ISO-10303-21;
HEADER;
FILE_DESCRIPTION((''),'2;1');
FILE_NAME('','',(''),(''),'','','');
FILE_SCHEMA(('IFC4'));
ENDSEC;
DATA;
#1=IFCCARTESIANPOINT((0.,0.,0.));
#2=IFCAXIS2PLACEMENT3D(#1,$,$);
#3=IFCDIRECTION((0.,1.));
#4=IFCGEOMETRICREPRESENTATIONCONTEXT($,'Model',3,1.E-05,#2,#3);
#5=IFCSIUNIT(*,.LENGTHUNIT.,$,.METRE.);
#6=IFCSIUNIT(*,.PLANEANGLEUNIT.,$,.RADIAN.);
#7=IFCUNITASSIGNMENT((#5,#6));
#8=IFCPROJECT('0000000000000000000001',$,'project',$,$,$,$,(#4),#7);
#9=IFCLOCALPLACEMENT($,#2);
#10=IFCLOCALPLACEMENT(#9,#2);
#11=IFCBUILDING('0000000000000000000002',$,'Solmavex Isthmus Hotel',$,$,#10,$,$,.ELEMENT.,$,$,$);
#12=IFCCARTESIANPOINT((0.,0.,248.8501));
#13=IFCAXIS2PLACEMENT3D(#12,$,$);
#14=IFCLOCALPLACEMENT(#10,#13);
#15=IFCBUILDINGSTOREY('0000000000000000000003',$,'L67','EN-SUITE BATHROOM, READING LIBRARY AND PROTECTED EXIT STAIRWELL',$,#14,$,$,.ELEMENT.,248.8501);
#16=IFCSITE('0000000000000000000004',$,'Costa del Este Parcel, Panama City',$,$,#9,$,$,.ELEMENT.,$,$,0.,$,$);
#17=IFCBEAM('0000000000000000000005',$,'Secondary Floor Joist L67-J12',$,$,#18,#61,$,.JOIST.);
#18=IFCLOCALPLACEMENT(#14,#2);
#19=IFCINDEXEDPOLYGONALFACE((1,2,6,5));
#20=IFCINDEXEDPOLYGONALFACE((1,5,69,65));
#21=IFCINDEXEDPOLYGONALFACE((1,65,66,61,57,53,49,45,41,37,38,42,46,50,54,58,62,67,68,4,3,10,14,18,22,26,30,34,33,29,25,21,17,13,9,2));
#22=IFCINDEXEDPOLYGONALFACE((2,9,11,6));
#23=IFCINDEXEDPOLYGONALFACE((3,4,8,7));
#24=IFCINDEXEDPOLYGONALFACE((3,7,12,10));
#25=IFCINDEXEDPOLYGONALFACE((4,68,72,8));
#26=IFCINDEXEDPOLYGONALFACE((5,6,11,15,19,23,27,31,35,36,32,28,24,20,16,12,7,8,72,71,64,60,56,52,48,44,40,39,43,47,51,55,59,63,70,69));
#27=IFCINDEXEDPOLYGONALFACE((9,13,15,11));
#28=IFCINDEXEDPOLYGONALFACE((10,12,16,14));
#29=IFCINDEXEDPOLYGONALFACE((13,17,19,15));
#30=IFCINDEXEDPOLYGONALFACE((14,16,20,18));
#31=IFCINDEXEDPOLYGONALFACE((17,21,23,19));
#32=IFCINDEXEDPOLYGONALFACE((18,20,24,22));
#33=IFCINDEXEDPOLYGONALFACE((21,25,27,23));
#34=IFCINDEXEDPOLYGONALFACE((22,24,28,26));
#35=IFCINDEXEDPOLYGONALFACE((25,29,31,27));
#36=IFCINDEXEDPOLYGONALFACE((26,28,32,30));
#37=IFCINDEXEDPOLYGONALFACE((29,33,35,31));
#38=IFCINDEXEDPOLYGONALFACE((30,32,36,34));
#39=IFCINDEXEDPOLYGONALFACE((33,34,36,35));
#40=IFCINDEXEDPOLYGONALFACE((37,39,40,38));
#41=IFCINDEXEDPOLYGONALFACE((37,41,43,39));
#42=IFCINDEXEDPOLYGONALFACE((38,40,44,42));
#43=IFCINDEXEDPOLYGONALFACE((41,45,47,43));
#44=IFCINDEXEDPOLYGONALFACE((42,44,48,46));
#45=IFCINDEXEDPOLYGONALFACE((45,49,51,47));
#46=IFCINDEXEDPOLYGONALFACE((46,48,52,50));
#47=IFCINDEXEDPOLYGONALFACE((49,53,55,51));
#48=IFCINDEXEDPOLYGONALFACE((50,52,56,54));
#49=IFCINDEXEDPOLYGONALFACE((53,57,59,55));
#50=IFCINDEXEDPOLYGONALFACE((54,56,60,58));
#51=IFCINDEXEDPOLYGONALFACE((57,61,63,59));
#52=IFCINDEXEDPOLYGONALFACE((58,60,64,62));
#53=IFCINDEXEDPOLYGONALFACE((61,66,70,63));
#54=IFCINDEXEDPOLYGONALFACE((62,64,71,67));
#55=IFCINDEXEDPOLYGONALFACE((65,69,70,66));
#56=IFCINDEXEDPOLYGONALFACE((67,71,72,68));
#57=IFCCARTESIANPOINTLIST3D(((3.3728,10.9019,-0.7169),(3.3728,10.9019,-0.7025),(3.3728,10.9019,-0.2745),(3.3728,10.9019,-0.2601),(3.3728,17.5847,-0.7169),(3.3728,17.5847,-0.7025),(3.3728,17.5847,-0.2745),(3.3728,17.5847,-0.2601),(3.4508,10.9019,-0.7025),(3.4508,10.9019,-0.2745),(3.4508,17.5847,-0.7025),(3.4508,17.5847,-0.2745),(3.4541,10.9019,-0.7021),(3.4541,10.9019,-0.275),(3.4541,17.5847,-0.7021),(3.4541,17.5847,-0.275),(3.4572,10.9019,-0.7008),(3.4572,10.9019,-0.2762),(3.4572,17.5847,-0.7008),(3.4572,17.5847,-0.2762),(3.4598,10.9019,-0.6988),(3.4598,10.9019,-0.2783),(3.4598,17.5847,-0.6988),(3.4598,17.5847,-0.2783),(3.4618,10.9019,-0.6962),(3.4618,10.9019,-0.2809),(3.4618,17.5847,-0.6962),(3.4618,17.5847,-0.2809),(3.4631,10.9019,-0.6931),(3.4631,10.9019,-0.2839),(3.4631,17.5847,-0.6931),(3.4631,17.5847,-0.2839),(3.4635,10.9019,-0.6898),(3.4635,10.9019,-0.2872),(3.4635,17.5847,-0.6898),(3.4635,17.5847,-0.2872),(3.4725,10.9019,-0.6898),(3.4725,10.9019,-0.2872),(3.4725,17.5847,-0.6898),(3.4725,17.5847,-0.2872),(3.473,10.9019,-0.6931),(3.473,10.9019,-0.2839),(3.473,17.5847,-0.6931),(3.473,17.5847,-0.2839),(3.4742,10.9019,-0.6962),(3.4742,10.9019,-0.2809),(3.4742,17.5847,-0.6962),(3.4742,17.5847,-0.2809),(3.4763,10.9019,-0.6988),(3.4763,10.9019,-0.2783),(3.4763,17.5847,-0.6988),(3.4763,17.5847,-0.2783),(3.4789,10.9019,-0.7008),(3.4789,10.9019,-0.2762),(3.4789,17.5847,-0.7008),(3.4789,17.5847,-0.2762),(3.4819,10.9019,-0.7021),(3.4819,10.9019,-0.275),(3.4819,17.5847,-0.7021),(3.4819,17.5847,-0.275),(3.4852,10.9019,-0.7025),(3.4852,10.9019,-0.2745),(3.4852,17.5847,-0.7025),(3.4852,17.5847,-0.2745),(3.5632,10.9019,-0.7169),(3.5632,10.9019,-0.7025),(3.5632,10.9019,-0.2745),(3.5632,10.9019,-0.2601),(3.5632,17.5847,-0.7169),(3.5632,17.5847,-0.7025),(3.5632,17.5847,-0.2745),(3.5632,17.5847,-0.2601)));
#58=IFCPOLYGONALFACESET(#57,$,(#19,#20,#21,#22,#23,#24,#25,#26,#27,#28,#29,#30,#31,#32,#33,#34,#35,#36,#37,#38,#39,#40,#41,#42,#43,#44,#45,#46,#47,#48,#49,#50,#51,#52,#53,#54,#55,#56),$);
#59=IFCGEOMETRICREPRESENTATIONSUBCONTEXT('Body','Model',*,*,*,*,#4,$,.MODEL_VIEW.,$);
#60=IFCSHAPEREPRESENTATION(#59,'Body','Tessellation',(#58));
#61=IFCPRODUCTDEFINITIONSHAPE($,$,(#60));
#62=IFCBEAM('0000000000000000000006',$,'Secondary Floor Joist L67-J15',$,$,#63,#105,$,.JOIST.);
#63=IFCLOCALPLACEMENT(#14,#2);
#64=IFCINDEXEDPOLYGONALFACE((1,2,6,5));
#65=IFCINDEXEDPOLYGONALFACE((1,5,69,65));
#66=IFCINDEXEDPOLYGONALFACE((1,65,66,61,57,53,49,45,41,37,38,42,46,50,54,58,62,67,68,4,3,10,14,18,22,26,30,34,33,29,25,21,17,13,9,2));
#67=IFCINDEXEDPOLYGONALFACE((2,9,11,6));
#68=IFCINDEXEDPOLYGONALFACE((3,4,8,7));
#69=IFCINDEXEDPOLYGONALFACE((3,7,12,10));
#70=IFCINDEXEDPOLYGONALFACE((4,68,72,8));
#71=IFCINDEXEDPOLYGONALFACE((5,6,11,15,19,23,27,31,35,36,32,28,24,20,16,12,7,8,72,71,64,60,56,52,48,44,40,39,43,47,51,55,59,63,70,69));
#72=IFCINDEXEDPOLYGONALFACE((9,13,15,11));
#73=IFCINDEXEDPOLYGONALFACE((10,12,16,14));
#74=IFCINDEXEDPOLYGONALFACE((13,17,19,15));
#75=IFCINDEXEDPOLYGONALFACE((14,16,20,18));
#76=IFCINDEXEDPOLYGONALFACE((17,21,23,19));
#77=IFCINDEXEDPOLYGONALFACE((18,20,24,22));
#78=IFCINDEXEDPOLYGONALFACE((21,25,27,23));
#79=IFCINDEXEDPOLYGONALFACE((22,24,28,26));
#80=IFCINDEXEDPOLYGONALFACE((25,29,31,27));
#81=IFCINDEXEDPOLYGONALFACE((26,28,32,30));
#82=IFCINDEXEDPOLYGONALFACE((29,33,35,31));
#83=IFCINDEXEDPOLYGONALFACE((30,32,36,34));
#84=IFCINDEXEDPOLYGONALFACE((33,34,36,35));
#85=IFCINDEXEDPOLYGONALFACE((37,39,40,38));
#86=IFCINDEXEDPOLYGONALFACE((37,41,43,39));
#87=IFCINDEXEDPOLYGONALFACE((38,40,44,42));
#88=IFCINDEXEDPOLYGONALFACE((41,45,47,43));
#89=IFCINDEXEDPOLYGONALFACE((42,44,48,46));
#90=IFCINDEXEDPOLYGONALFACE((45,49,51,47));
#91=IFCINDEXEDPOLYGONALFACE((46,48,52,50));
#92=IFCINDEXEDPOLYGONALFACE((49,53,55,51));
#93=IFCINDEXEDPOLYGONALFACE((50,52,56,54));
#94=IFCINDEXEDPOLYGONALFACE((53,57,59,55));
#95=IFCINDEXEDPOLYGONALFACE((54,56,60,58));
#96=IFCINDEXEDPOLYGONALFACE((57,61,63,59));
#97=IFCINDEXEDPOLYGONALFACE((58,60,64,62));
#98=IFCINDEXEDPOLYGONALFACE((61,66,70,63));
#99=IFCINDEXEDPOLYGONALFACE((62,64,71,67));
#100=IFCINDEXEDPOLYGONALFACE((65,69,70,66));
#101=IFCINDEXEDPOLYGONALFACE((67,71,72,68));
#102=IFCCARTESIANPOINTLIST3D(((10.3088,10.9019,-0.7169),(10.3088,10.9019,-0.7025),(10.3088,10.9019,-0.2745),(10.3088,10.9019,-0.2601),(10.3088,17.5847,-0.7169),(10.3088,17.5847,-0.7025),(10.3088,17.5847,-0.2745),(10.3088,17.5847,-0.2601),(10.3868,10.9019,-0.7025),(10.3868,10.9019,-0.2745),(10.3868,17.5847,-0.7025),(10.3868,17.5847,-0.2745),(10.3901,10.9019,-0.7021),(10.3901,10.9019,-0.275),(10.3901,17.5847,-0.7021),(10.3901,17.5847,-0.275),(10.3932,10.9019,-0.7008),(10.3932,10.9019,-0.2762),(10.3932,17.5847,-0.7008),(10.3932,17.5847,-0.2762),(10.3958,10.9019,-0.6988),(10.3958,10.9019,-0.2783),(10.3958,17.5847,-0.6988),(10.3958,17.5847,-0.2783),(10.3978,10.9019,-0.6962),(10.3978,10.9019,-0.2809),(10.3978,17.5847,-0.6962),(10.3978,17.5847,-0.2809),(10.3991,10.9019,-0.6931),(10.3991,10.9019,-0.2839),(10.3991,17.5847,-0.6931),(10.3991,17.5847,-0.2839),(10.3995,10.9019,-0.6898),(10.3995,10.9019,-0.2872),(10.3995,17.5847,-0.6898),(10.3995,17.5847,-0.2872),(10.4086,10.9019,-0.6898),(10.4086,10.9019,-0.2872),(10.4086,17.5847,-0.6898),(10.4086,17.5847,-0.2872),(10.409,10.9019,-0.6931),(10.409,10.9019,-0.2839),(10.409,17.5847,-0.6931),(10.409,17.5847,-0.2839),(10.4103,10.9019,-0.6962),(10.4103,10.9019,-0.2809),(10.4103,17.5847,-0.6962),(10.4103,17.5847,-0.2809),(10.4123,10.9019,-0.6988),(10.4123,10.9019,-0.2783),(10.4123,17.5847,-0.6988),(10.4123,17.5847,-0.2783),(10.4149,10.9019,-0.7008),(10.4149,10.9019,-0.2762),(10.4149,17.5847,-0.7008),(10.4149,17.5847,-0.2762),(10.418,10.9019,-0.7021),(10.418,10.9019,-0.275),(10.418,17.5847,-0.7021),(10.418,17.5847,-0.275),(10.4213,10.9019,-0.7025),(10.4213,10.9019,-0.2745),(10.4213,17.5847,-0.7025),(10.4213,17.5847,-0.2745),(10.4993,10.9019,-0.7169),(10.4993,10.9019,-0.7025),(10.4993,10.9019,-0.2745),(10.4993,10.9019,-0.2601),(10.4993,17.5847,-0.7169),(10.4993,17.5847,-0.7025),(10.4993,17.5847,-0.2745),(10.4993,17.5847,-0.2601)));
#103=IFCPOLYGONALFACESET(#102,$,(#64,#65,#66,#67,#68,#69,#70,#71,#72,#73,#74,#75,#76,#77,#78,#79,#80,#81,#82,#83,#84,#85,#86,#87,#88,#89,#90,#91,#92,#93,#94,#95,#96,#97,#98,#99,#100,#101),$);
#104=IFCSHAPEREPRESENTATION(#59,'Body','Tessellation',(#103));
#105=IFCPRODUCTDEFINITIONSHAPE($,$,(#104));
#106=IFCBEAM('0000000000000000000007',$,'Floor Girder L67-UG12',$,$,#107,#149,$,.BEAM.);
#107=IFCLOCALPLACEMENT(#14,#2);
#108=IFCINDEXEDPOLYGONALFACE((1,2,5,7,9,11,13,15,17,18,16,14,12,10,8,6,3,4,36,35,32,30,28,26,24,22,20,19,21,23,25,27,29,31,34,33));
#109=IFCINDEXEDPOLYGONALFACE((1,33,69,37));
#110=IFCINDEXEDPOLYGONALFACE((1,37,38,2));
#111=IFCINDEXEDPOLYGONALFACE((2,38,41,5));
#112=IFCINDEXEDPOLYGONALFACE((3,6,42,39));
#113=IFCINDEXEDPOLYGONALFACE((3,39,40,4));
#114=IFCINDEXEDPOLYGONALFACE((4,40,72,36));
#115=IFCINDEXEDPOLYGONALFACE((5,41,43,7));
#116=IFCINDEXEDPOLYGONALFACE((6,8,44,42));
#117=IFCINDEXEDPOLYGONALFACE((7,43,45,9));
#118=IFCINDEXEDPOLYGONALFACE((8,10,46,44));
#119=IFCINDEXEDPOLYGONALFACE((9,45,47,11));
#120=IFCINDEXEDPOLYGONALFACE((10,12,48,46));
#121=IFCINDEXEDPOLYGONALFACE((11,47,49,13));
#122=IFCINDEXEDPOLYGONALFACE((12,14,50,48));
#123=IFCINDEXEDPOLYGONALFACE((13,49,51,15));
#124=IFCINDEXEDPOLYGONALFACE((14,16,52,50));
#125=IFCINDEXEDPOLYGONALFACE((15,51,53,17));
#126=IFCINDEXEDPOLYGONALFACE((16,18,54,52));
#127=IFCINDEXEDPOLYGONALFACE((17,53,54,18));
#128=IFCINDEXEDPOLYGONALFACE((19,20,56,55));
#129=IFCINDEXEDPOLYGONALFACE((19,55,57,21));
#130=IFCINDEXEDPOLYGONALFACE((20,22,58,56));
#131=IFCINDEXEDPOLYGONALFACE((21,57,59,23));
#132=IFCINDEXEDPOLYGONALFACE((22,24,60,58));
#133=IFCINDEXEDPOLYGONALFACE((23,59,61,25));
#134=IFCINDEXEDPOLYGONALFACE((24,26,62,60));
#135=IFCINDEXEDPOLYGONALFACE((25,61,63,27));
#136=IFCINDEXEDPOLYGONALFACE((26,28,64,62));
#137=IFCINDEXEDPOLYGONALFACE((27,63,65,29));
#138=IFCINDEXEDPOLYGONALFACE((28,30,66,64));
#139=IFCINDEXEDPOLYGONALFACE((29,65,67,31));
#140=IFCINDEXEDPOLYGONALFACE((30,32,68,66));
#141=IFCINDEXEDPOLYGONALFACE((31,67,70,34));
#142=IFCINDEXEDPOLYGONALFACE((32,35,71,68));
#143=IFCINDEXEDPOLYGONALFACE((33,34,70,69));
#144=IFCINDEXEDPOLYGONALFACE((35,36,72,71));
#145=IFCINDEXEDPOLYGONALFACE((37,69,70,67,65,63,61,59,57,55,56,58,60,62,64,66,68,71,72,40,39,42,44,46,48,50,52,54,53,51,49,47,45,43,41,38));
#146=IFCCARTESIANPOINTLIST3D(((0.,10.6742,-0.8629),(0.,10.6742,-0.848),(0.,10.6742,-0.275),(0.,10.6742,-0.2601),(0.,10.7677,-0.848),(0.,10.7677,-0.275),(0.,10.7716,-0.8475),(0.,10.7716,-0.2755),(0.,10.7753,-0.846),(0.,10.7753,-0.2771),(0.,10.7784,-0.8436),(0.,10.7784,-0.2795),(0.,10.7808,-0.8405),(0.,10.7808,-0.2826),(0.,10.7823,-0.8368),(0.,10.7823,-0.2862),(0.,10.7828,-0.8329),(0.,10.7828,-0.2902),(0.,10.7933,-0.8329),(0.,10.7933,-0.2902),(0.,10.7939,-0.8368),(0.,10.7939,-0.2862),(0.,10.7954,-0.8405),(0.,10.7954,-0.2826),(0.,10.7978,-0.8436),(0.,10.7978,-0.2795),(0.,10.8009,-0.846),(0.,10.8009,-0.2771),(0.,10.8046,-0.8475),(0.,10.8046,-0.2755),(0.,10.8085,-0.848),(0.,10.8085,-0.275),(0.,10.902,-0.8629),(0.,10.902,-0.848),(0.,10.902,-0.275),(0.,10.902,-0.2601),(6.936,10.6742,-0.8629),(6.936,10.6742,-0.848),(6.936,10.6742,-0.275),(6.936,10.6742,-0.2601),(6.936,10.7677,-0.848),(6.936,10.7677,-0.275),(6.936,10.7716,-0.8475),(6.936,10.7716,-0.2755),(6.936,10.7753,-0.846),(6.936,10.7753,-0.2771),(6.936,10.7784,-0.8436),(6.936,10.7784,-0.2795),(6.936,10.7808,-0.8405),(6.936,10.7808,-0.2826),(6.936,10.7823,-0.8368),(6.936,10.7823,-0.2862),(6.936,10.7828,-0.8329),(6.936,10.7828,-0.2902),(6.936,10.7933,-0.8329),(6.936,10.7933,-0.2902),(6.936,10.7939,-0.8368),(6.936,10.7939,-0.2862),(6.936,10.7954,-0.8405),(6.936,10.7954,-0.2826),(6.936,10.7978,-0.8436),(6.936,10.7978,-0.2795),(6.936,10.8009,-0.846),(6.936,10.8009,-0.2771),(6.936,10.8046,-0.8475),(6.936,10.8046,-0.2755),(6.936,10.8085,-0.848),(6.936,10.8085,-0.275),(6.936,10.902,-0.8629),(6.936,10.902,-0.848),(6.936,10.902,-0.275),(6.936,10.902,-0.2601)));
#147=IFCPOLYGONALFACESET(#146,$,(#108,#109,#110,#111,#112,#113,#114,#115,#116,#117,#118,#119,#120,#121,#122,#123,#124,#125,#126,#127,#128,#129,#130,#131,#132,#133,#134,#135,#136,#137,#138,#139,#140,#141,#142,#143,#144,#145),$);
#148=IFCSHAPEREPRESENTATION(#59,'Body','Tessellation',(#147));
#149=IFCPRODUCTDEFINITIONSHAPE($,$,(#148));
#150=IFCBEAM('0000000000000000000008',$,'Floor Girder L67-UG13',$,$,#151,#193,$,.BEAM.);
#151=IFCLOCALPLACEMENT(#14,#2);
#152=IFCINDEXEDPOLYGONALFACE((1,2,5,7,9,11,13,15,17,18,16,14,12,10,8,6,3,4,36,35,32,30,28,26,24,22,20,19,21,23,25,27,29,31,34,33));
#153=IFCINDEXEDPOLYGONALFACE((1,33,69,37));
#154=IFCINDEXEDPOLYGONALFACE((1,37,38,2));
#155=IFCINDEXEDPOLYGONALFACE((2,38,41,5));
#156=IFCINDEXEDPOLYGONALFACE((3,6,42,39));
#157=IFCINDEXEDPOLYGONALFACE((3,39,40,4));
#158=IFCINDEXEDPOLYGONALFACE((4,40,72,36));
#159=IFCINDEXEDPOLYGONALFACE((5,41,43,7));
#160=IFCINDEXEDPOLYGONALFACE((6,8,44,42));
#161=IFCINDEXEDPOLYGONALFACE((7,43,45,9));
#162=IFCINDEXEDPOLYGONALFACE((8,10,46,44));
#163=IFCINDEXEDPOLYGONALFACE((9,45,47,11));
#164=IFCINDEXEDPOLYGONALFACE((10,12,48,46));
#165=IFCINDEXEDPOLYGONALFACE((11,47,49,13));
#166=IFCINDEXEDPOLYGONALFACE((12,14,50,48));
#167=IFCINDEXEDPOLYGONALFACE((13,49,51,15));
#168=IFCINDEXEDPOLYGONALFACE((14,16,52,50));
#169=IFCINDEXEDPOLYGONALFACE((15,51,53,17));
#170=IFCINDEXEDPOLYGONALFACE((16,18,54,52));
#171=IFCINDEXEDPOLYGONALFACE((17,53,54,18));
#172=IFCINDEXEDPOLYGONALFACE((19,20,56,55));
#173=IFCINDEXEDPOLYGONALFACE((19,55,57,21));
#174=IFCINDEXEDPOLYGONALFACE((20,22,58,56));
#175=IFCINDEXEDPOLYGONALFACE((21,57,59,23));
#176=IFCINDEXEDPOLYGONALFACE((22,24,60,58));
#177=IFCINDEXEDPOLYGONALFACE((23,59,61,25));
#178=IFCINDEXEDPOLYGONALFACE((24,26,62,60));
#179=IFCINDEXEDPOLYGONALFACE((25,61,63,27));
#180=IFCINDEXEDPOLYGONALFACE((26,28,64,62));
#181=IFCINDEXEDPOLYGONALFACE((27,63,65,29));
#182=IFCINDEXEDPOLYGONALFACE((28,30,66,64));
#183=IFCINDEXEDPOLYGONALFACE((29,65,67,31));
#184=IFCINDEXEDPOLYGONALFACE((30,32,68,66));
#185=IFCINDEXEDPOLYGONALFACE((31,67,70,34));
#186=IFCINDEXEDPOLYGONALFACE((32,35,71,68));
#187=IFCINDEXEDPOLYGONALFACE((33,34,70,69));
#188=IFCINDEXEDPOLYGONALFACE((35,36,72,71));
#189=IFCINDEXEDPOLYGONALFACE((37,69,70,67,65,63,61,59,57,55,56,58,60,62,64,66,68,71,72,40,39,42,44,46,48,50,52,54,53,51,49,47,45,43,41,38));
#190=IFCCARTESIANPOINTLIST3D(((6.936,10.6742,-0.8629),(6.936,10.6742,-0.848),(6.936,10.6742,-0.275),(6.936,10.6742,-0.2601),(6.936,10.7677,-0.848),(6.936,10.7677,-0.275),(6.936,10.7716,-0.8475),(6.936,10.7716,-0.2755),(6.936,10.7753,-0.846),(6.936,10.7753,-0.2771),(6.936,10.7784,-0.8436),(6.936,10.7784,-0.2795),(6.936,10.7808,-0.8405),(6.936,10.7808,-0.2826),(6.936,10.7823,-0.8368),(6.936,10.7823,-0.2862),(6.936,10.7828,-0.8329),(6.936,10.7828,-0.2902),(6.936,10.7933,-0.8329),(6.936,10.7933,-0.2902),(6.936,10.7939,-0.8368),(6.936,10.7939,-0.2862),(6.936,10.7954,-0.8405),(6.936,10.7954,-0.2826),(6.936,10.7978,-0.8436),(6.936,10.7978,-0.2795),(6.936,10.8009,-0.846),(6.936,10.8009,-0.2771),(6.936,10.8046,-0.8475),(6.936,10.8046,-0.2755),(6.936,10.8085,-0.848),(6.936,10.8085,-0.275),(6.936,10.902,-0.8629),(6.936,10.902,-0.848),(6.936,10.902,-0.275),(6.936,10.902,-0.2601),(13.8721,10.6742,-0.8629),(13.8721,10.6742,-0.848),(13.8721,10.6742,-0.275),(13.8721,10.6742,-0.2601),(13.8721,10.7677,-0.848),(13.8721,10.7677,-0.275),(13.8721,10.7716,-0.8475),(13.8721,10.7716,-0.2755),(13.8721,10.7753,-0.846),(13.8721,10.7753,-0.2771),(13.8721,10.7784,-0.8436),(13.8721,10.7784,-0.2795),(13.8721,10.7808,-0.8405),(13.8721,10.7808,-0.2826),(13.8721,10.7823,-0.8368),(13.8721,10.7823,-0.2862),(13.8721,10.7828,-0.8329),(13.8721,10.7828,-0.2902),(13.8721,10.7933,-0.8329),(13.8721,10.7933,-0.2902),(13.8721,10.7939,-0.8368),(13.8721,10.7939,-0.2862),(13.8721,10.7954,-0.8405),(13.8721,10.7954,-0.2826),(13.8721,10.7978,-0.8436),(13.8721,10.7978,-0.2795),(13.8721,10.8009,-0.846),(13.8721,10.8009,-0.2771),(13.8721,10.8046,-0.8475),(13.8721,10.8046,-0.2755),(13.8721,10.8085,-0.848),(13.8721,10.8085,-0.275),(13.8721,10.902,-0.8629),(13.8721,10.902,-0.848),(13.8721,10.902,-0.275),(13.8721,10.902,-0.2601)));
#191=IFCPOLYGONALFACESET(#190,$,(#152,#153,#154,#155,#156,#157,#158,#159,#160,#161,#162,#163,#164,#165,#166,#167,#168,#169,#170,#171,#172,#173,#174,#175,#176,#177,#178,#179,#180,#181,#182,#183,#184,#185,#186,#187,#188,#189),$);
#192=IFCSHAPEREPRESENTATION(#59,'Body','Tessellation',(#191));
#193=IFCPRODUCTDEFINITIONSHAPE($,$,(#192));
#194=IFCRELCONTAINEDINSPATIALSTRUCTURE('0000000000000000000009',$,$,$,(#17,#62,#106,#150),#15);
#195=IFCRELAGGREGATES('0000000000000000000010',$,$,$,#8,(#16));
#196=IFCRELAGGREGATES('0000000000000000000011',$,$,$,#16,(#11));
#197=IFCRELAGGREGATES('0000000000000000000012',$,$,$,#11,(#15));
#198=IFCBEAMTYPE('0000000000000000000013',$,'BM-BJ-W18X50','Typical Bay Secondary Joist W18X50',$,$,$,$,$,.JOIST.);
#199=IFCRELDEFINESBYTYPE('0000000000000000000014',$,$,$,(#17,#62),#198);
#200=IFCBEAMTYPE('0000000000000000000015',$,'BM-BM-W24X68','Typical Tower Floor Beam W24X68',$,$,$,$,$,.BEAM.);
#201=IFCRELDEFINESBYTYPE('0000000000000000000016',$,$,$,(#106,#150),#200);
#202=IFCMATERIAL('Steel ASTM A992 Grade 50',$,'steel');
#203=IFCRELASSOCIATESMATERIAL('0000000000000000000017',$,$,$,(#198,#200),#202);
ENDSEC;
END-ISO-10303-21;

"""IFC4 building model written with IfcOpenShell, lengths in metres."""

from ifc_helpers import new_model, si_unit, direction, frame, origin, origin_2d, place, context, subcontext, project, spatial, i_section, extrude, material, material_profile, profile_set, type_object, element, save


model = new_model("IFC4")

# Units and contexts
model_context = context("Model", 3, precision=1e-05, world=origin(), true_north=direction((0.0, 1.0)))
body_context = subcontext(model_context, "Body", "Model", "MODEL_VIEW")
ifc_project = project(units=[si_unit("LENGTHUNIT", "METRE"), si_unit("PLANEANGLEUNIT", "RADIAN")], contexts=[model_context])

# Site, building, storey
site_placement = place(None, origin())
site = spatial("IfcSite", under=ifc_project, at=site_placement, Name="Costa del Este Parcel, Panama City", CompositionType="ELEMENT", RefElevation=0.0)
building_placement = place(site_placement, origin())
building = spatial("IfcBuilding", under=site, at=building_placement, Name="Solmavex Isthmus Hotel", CompositionType="ELEMENT")
storey_placement = place(building_placement, frame((0.0, 0.0, 248.8501)))
storey = spatial("IfcBuildingStorey", under=building, at=storey_placement, Name="L67", Description="EN-SUITE BATHROOM, READING LIBRARY AND PROTECTED EXIT STAIRWELL", CompositionType="ELEMENT", Elevation=248.8501)

# Beams
ifc_material_1 = material(Name="Steel ASTM A992 Grade 50", Category="steel")
ifc_material_profile_1 = material_profile(ifc_material_1, i_section(OverallWidth=0.1904, OverallDepth=0.4568, WebThickness=0.009, FlangeThickness=0.0144, FilletRadius=0.0127, at=origin_2d()), Name="W18X50")
ifc_profile_set_1 = profile_set([ifc_material_profile_1], Name="Steel ASTM A992 Grade 50")
beam_type_1 = type_object("IfcBeamType", Name="BM-BJ-W18X50", Description="Typical Bay Secondary Joist W18X50", PredefinedType="JOIST", material=ifc_profile_set_1)
for number, where, z_axis, x_axis, name in (
    (1, (3.468, 10.9019, -0.4885), (0.0, 1.0, 0.0), (-1.0, 0.0, 0.0), "Secondary Floor Joist L67-J12"),
    (2, (10.4041, 10.9019, -0.4885), (0.0, 1.0, 0.0), (-1.0, 0.0, 0.0), "Secondary Floor Joist L67-J15"),
):
    element("IfcBeam", number, at=place(storey_placement, frame(where, z_axis=z_axis, x_axis=x_axis)), inside=storey, type_object=beam_type_1, Name=name, PredefinedType="JOIST", context=body_context, shape_type="SweptSolid", body=[
        extrude(i_section(OverallWidth=0.1904, OverallDepth=0.4568, WebThickness=0.009, FlangeThickness=0.0144, FilletRadius=0.0127, at=origin_2d()), origin(), (0.0, 0.0, 1.0), 6.6829),
    ])
ifc_material_profile_2 = material_profile(ifc_material_1, i_section(OverallWidth=0.2278, OverallDepth=0.6028, WebThickness=0.0105, FlangeThickness=0.0149, FilletRadius=0.0151, at=origin_2d()), Name="W24X68")
ifc_profile_set_2 = profile_set([ifc_material_profile_2], Name="Steel ASTM A992 Grade 50")
beam_type_2 = type_object("IfcBeamType", Name="BM-BM-W24X68", Description="Typical Tower Floor Beam W24X68", PredefinedType="BEAM", material=ifc_profile_set_2)
for number, where, z_axis, x_axis, name in (
    (3, (0.0, 10.7881, -0.5615), (1.0, 0.0, 0.0), (0.0, 1.0, 0.0), "Floor Girder L67-UG12"),
    (4, (6.936, 10.7881, -0.5615), (1.0, 0.0, 0.0), (0.0, 1.0, 0.0), "Floor Girder L67-UG13"),
):
    element("IfcBeam", number, at=place(storey_placement, frame(where, z_axis=z_axis, x_axis=x_axis)), inside=storey, type_object=beam_type_2, Name=name, PredefinedType="BEAM", context=body_context, shape_type="SweptSolid", body=[
        extrude(i_section(OverallWidth=0.2278, OverallDepth=0.6028, WebThickness=0.0105, FlangeThickness=0.0149, FilletRadius=0.0151, at=origin_2d()), origin(), (0.0, 0.0, 1.0), 6.936),
    ])

save(model, "model.ifc")
